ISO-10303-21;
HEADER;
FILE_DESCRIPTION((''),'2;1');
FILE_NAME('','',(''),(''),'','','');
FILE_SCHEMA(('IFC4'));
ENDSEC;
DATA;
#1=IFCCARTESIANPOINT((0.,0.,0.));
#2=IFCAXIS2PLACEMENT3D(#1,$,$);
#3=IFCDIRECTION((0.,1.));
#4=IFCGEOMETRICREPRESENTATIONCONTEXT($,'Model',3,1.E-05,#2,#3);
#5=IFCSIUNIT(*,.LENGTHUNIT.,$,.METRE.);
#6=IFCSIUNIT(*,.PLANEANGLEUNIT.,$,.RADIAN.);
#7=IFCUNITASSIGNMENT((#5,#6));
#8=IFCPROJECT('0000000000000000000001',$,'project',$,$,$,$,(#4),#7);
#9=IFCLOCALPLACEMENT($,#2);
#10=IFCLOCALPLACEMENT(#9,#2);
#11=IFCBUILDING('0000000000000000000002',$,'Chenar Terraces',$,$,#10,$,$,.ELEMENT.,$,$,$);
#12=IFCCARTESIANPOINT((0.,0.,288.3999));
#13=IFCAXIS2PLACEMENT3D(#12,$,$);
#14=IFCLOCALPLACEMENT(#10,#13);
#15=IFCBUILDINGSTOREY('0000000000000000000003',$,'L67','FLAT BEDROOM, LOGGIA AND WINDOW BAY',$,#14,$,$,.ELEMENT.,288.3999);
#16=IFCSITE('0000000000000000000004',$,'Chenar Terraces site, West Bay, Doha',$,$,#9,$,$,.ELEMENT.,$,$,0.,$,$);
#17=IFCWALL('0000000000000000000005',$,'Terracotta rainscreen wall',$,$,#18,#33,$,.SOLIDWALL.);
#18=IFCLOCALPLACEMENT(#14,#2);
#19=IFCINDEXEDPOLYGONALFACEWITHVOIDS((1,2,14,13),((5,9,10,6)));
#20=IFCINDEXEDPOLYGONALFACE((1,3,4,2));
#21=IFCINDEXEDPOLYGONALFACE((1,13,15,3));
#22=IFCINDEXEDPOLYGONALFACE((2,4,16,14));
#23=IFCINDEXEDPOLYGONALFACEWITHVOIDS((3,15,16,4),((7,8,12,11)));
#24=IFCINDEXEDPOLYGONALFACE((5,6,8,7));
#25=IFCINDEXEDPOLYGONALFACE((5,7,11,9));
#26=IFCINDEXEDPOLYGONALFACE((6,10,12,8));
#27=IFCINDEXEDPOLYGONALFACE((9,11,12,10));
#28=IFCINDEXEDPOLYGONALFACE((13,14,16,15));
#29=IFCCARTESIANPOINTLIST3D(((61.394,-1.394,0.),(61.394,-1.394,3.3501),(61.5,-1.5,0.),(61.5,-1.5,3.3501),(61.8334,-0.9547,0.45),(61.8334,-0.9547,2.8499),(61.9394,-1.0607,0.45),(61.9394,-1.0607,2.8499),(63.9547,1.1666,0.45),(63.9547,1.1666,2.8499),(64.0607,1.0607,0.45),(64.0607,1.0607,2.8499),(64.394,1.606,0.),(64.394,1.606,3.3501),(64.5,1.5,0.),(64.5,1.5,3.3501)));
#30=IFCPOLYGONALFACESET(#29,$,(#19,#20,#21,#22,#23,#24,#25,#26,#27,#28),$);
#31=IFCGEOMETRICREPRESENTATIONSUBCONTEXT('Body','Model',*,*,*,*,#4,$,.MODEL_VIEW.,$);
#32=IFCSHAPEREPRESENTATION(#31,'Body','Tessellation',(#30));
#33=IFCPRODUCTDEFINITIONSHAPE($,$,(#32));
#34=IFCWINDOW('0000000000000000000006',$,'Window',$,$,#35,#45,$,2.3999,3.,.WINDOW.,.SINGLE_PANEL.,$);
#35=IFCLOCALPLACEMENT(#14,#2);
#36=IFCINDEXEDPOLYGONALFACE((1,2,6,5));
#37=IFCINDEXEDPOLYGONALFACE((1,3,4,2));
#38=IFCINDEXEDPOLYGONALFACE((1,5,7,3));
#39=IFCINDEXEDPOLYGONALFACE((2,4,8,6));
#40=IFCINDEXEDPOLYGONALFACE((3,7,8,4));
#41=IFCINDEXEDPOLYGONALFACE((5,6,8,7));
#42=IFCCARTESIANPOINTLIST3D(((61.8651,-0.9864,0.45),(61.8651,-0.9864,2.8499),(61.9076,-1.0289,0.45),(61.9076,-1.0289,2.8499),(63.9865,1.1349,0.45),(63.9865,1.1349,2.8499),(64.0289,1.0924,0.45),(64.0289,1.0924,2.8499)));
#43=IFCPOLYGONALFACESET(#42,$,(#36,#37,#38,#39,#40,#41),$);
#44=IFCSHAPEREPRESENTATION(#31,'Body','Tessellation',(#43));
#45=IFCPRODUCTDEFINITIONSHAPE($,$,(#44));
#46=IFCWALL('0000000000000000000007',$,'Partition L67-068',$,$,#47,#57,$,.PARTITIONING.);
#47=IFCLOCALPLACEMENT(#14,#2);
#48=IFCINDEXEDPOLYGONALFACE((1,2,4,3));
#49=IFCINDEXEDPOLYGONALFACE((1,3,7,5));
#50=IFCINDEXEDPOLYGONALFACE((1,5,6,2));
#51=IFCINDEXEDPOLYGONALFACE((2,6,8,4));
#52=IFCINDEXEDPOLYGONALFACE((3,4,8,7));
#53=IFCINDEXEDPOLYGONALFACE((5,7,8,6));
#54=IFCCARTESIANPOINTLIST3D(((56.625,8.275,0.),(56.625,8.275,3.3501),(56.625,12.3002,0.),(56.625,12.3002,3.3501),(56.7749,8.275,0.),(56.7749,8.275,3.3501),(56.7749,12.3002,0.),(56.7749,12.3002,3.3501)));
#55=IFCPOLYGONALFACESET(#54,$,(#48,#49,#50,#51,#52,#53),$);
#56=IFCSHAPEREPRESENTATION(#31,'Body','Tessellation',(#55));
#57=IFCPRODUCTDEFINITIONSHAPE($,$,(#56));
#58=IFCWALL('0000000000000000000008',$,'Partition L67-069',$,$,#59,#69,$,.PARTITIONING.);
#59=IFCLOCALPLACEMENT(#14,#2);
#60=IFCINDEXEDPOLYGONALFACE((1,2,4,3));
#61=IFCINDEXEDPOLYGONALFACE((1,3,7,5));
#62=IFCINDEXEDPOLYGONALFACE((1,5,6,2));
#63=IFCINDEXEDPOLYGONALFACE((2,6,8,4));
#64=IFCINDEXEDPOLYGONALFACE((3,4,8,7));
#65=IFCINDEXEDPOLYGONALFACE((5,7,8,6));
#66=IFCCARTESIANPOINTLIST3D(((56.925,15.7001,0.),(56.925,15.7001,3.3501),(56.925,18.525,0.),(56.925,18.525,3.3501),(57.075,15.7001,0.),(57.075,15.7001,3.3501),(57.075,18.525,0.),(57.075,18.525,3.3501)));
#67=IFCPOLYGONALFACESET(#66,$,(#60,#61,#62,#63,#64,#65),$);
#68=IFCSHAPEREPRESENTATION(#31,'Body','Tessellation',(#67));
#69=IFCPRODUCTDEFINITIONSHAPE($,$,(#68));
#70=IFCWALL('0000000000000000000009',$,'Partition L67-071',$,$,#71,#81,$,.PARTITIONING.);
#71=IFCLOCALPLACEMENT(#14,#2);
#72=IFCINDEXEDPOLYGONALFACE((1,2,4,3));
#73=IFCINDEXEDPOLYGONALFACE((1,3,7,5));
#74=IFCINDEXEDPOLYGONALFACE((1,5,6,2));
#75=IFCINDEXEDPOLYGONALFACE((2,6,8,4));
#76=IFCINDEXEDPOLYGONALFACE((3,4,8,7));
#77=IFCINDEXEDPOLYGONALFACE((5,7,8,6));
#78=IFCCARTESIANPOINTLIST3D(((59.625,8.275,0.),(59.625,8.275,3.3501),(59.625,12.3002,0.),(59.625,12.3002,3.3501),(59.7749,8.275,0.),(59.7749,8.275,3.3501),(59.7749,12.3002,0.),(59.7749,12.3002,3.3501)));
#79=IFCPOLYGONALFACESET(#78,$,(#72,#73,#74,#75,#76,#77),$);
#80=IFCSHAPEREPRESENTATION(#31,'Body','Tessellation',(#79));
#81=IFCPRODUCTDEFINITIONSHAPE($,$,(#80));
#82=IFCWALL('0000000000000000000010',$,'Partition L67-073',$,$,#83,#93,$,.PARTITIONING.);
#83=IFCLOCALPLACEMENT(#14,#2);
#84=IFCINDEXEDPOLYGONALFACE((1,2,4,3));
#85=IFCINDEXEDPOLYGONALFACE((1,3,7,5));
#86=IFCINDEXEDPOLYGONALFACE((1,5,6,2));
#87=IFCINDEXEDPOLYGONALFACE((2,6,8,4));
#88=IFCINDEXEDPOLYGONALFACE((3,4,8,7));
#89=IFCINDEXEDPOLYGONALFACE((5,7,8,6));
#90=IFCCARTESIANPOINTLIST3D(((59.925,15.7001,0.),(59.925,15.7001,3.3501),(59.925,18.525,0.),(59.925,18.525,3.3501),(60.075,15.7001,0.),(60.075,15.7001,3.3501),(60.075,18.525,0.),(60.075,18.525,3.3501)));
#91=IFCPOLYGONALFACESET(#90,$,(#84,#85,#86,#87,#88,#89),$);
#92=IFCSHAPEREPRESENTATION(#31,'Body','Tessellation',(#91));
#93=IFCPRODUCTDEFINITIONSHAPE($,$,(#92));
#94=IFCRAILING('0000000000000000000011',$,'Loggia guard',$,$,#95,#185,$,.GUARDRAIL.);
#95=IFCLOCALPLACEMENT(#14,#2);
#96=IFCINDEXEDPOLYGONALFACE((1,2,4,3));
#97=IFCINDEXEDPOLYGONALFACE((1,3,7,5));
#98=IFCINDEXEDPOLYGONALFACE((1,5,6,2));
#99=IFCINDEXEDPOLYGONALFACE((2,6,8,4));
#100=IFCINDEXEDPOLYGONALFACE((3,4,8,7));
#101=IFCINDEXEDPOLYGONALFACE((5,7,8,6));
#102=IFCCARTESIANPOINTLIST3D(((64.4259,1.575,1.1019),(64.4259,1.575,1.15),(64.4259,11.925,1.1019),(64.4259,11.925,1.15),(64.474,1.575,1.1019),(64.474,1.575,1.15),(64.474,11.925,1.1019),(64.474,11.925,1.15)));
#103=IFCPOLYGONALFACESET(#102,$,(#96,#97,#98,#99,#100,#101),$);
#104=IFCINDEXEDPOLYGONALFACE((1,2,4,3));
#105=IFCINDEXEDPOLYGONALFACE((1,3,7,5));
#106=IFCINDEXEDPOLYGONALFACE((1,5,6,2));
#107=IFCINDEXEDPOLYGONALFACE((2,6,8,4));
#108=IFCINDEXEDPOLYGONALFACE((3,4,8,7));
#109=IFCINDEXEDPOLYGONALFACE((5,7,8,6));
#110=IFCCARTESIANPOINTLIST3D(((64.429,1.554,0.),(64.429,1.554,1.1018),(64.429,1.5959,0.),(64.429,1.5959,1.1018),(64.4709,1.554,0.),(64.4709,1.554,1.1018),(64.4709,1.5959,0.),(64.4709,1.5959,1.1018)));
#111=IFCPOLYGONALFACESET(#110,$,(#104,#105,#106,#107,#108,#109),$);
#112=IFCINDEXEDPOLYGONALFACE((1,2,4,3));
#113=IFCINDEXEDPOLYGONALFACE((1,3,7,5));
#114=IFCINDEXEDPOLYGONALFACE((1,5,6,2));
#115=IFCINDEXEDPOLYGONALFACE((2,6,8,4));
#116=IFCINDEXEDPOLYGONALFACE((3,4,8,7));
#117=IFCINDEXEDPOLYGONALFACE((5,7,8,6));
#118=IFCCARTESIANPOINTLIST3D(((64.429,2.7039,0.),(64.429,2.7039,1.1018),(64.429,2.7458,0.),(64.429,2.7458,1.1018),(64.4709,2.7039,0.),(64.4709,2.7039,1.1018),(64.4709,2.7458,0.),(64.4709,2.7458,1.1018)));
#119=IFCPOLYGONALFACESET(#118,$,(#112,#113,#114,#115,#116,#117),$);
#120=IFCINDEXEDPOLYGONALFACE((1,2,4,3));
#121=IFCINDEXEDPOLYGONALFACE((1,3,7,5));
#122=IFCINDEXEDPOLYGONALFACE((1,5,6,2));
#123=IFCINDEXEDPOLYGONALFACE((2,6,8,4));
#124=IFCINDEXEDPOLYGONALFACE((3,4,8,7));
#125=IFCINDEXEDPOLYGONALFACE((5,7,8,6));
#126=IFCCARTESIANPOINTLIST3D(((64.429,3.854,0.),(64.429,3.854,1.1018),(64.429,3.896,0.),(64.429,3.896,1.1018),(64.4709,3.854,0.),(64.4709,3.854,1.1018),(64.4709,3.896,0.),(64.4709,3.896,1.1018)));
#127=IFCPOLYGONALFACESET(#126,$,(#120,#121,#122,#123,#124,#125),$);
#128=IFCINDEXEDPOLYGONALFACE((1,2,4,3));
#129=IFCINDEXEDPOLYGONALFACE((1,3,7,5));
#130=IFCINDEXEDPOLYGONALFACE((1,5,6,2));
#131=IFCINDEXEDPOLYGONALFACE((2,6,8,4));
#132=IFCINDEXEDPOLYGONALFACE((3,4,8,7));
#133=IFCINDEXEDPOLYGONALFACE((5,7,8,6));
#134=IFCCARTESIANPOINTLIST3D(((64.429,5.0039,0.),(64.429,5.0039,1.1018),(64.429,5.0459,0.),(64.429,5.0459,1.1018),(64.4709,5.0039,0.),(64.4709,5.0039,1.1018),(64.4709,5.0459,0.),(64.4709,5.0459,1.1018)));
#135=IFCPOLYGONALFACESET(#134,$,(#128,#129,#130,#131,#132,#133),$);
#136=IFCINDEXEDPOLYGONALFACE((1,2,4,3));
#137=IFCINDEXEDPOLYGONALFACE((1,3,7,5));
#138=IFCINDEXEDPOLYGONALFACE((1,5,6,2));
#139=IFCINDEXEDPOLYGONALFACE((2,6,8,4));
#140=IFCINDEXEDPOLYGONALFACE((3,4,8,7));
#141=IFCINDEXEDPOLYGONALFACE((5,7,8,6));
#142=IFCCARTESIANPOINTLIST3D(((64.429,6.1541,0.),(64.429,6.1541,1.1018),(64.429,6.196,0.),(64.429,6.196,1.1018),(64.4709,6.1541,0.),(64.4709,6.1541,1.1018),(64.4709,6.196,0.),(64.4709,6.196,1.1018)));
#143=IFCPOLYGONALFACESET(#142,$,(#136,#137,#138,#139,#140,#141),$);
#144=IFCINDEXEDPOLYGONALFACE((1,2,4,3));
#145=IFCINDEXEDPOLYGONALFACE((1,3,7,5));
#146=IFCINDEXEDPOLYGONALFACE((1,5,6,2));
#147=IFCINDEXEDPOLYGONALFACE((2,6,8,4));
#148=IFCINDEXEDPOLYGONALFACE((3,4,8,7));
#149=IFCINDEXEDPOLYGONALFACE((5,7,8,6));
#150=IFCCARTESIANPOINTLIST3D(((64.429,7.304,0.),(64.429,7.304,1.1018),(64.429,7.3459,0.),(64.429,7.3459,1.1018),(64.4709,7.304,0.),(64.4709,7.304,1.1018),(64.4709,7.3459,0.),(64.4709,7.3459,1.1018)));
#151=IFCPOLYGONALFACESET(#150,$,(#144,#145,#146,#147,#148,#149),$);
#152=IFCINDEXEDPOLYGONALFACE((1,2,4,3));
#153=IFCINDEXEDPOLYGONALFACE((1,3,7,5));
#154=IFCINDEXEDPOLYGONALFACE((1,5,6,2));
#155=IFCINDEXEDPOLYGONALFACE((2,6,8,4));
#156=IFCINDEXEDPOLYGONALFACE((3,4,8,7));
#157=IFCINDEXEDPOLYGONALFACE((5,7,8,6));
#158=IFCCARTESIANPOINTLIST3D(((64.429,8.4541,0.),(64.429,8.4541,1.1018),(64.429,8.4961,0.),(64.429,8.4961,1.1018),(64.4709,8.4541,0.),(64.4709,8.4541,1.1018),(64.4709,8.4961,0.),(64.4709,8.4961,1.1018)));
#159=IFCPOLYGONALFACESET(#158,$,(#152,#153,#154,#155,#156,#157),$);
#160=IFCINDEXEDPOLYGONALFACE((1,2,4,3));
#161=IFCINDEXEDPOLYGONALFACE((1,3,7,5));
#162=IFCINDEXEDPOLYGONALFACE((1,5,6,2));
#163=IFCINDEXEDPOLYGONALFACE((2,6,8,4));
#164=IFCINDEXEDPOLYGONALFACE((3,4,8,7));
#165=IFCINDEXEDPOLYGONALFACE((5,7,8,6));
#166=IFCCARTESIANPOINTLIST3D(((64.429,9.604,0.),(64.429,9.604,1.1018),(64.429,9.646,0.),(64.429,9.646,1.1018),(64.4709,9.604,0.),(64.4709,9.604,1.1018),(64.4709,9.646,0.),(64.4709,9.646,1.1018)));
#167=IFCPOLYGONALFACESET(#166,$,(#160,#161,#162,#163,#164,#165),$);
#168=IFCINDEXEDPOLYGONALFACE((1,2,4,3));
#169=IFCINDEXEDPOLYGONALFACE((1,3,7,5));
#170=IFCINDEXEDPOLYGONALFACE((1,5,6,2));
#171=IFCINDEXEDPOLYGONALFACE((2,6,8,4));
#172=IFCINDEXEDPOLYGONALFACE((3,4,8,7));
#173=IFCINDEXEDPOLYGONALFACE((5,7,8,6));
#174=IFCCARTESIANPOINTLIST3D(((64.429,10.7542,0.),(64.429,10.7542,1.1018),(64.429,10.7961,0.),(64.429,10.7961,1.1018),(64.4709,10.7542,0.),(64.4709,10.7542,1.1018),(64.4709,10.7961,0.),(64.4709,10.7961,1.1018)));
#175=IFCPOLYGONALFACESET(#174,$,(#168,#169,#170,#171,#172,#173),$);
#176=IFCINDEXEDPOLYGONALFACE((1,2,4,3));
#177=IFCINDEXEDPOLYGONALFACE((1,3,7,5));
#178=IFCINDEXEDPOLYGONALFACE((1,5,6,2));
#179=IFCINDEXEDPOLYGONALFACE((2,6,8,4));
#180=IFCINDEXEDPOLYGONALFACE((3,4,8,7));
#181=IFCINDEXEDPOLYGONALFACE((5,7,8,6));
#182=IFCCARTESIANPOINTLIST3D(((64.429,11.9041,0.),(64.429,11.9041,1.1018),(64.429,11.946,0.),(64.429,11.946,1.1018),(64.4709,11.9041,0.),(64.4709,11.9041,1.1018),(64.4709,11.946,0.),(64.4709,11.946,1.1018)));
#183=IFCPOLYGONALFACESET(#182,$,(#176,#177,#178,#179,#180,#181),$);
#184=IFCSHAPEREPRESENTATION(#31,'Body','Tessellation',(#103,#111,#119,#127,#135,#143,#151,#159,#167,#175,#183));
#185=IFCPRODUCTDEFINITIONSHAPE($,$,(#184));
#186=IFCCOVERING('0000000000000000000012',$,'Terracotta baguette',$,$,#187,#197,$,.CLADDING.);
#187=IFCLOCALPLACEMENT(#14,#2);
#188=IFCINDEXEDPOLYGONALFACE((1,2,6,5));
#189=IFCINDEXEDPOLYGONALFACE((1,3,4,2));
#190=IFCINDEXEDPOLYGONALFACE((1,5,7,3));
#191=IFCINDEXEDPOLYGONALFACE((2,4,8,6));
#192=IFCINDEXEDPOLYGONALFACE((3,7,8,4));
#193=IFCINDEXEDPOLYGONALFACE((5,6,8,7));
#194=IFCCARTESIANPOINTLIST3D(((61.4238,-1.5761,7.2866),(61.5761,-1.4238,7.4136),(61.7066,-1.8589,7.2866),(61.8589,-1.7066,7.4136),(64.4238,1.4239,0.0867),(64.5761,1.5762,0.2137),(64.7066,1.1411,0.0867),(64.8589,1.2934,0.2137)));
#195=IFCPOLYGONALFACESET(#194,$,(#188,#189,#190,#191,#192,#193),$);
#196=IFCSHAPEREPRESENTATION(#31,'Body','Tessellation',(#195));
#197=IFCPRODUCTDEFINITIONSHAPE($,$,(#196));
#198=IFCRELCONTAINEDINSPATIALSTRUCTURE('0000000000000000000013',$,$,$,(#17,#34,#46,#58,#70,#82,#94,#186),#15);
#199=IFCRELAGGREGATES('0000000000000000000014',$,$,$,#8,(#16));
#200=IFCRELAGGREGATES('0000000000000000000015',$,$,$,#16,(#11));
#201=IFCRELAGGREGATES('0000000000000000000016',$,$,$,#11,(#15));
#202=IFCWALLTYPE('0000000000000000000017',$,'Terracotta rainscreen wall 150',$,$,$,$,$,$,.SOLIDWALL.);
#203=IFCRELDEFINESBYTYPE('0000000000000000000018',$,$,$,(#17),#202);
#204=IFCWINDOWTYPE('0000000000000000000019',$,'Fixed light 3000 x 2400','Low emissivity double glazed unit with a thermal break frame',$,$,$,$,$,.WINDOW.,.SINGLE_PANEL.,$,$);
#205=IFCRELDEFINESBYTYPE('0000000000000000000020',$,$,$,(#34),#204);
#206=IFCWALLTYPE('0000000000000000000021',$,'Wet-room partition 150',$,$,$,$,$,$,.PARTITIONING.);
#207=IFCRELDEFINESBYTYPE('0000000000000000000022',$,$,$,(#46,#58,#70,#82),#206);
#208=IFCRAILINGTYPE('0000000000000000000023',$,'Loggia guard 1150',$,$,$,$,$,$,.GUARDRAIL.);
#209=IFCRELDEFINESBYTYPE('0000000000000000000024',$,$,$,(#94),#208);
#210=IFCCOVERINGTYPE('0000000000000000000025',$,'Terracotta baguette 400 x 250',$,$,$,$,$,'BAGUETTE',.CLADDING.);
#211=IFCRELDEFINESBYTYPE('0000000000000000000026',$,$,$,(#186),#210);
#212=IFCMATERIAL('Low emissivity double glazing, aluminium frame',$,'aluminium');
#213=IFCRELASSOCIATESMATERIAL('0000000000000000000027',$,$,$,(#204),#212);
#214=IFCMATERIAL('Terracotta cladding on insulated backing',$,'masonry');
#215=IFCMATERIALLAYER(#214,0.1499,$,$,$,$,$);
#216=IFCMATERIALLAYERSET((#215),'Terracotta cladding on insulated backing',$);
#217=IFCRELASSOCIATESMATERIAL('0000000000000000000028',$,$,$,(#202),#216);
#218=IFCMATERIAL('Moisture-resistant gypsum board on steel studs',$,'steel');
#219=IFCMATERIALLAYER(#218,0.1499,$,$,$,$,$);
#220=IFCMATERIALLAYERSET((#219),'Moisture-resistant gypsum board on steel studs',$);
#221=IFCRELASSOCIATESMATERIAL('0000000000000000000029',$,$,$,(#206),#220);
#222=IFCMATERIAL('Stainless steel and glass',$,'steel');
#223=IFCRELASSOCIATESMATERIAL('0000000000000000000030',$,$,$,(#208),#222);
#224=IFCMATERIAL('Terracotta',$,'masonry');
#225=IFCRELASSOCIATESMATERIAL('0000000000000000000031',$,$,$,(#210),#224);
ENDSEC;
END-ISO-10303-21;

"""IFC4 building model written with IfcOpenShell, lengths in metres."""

from ifc_helpers import new_model, si_unit, direction, frame, frame_2d, origin, origin_2d, place, context, subcontext, project, spatial, rectangle, extrude, material, layer, layer_set, material_profile, profile_set, type_object, element, fill, save


model = new_model("IFC4")

# Units and contexts
model_context = context("Model", 3, precision=1e-05, world=origin(), true_north=direction((0.0, 1.0)))
body_context = subcontext(model_context, "Body", "Model", "MODEL_VIEW")
ifc_project = project(units=[si_unit("LENGTHUNIT", "METRE"), si_unit("PLANEANGLEUNIT", "RADIAN")], contexts=[model_context])

# Site, building, storey
site_placement = place(None, origin())
site = spatial("IfcSite", under=ifc_project, at=site_placement, Name="Chenar Terraces site, West Bay, Doha", CompositionType="ELEMENT", RefElevation=0.0)
building_placement = place(site_placement, origin())
building = spatial("IfcBuilding", under=site, at=building_placement, Name="Chenar Terraces", CompositionType="ELEMENT")
storey_placement = place(building_placement, frame((0.0, 0.0, 288.3999)))
storey = spatial("IfcBuildingStorey", under=building, at=storey_placement, Name="L67", Description="FLAT BEDROOM, LOGGIA AND WINDOW BAY", CompositionType="ELEMENT", Elevation=288.3999)

# Shared definitions
ifc_material_1 = material(Name="Low emissivity double glazing, aluminium frame", Category="aluminium")
window_type_1 = type_object("IfcWindowType", Name="Fixed light 3000 x 2400", Description="Low emissivity double glazed unit with a thermal break frame", PartitioningType="SINGLE_PANEL", PredefinedType="WINDOW", material=ifc_material_1)

# Wall, opening, window
ifc_material_2 = material(Name="Terracotta cladding on insulated backing", Category="masonry")
ifc_layer_1 = layer(ifc_material_2, 0.1499)
ifc_layer_set_1 = layer_set([ifc_layer_1], Name="Terracotta cladding on insulated backing")
wall_type_1 = type_object("IfcWallType", Name="Terracotta rainscreen wall 150", PredefinedType="SOLIDWALL", material=ifc_layer_set_1)
wall_1_placement = place(storey_placement, frame((61.447, -1.447, 0.0), z_axis=(0.0, 0.0, 1.0), x_axis=(0.707107, 0.707107, 0.0)))
wall_1 = element("IfcWall", 1, at=wall_1_placement, inside=storey, type_object=wall_type_1, Name="Terracotta rainscreen wall", PredefinedType="SOLIDWALL", context=body_context, shape_type="SweptSolid", body=[
    extrude(rectangle(XDim=4.2427, YDim=0.1499, at=frame_2d((2.1213, 0.0))), origin(), (0.0, 0.0, 1.0), 3.3501),
])
opening_1_placement = place(wall_1_placement, frame((0.6213, 0.0, 0.45)))
opening_1 = element("IfcOpeningElement", 2, at=opening_1_placement, cuts=wall_1, PredefinedType="OPENING", context=body_context, shape_type="SweptSolid", body=[
    extrude(rectangle(XDim=3.0, YDim=2.3999, at=frame_2d((1.5, 1.2))), frame((0.0, 0.085, 0.0), z_axis=(0.0, -1.0, 0.0), x_axis=(1.0, 0.0, 0.0)), (0.0, 0.0, 1.0), 0.1699),
])
window_1_placement = place(opening_1_placement, origin())
window_1 = element("IfcWindow", 3, at=window_1_placement, inside=storey, type_object=window_type_1, Name="Window", OverallHeight=2.3999, OverallWidth=3.0, PartitioningType="SINGLE_PANEL", PredefinedType="WINDOW", context=body_context, shape_type="SweptSolid", body=[
    extrude(rectangle(XDim=3.0, YDim=2.3999, at=frame_2d((1.5, 1.2))), frame((0.0, 0.03, 0.0), z_axis=(0.0, -1.0, 0.0), x_axis=(1.0, 0.0, 0.0)), (0.0, 0.0, 1.0), 0.0601),
])
fill(opening_1, window_1)

# Walls
ifc_material_3 = material(Name="Moisture-resistant gypsum board on steel studs", Category="steel")
ifc_layer_2 = layer(ifc_material_3, 0.1499)
ifc_layer_set_2 = layer_set([ifc_layer_2], Name="Moisture-resistant gypsum board on steel studs")
wall_type_2 = type_object("IfcWallType", Name="Wet-room partition 150", PredefinedType="PARTITIONING", material=ifc_layer_set_2)
wall_2_placement = place(storey_placement, frame((56.7, 8.2749, 0.0), z_axis=(0.0, 0.0, 1.0), x_axis=(0.0, 1.0, 0.0)))
element("IfcWall", 4, at=wall_2_placement, inside=storey, type_object=wall_type_2, Name="Partition L67-068", PredefinedType="PARTITIONING", context=body_context, shape_type="SweptSolid", body=[
    extrude(rectangle(XDim=4.0251, YDim=0.1499, at=frame_2d((2.0127, 0.0))), origin(), (0.0, 0.0, 1.0), 3.3501),
])
wall_3_placement = place(storey_placement, frame((57.0, 15.7, 0.0), z_axis=(0.0, 0.0, 1.0), x_axis=(0.0, 1.0, 0.0)))
element("IfcWall", 5, at=wall_3_placement, inside=storey, type_object=wall_type_2, Name="Partition L67-069", PredefinedType="PARTITIONING", context=body_context, shape_type="SweptSolid", body=[
    extrude(rectangle(XDim=2.825, YDim=0.1499, at=frame_2d((1.4126, 0.0))), origin(), (0.0, 0.0, 1.0), 3.3501),
])
wall_4_placement = place(storey_placement, frame((59.7, 8.2749, 0.0), z_axis=(0.0, 0.0, 1.0), x_axis=(0.0, 1.0, 0.0)))
element("IfcWall", 6, at=wall_4_placement, inside=storey, type_object=wall_type_2, Name="Partition L67-071", PredefinedType="PARTITIONING", context=body_context, shape_type="SweptSolid", body=[
    extrude(rectangle(XDim=4.0251, YDim=0.1499, at=frame_2d((2.0127, 0.0))), origin(), (0.0, 0.0, 1.0), 3.3501),
])
wall_5_placement = place(storey_placement, frame((60.0, 15.7, 0.0), z_axis=(0.0, 0.0, 1.0), x_axis=(0.0, 1.0, 0.0)))
element("IfcWall", 7, at=wall_5_placement, inside=storey, type_object=wall_type_2, Name="Partition L67-073", PredefinedType="PARTITIONING", context=body_context, shape_type="SweptSolid", body=[
    extrude(rectangle(XDim=2.825, YDim=0.1499, at=frame_2d((1.4126, 0.0))), origin(), (0.0, 0.0, 1.0), 3.3501),
])

# Railing
ifc_material_4 = material(Name="Stainless steel and glass", Category="steel")
railing_type = type_object("IfcRailingType", Name="Loggia guard 1150", PredefinedType="GUARDRAIL", material=ifc_material_4)
railing_placement = place(storey_placement, frame((64.45, 1.575, 0.0)))
element("IfcRailing", 8, at=railing_placement, inside=storey, type_object=railing_type, Name="Loggia guard", PredefinedType="GUARDRAIL", context=body_context, shape_type="SweptSolid", body=[
    extrude(rectangle(XDim=0.0481, YDim=0.0481, at=origin_2d()), frame((0.0, 0.0, 1.126), z_axis=(0.0, 1.0, 0.0), x_axis=(-1.0, 0.0, 0.0)), (0.0, 0.0, 1.0), 10.3501),
    extrude(rectangle(XDim=0.042, YDim=0.042, at=origin_2d()), origin(), (0.0, 0.0, 1.0), 1.1018),
    extrude(rectangle(XDim=0.042, YDim=0.042, at=origin_2d()), frame((0.0, 1.1499, 0.0)), (0.0, 0.0, 1.0), 1.1018),
    extrude(rectangle(XDim=0.042, YDim=0.042, at=origin_2d()), frame((0.0, 2.3, 0.0)), (0.0, 0.0, 1.0), 1.1018),
    extrude(rectangle(XDim=0.042, YDim=0.042, at=origin_2d()), frame((0.0, 3.45, 0.0)), (0.0, 0.0, 1.0), 1.1018),
    extrude(rectangle(XDim=0.042, YDim=0.042, at=origin_2d()), frame((0.0, 4.6001, 0.0)), (0.0, 0.0, 1.0), 1.1018),
    extrude(rectangle(XDim=0.042, YDim=0.042, at=origin_2d()), frame((0.0, 5.75, 0.0)), (0.0, 0.0, 1.0), 1.1018),
    extrude(rectangle(XDim=0.042, YDim=0.042, at=origin_2d()), frame((0.0, 6.9001, 0.0)), (0.0, 0.0, 1.0), 1.1018),
    extrude(rectangle(XDim=0.042, YDim=0.042, at=origin_2d()), frame((0.0, 8.05, 0.0)), (0.0, 0.0, 1.0), 1.1018),
    extrude(rectangle(XDim=0.042, YDim=0.042, at=origin_2d()), frame((0.0, 9.2002, 0.0)), (0.0, 0.0, 1.0), 1.1018),
    extrude(rectangle(XDim=0.042, YDim=0.042, at=origin_2d()), frame((0.0, 10.3501, 0.0)), (0.0, 0.0, 1.0), 1.1018),
])

# Covering
ifc_material_5 = material(Name="Terracotta", Category="masonry")
ifc_material_profile_1 = material_profile(ifc_material_5, rectangle(XDim=0.3999, YDim=0.25, at=origin_2d()), Name="Terracotta baguette 400 x 250")
ifc_profile_set_1 = profile_set([ifc_material_profile_1], Name="Terracotta")
covering_type = type_object("IfcCoveringType", Name="Terracotta baguette 400 x 250", ElementType="BAGUETTE", PredefinedType="CLADDING", material=ifc_profile_set_1)
covering_placement = place(storey_placement, frame((61.6414, -1.6414, 7.3501), z_axis=(0.358981, 0.358981, -0.861548), x_axis=(-0.707107, 0.707107, 0.0)))
element("IfcCovering", 9, at=covering_placement, inside=storey, type_object=covering_type, Name="Terracotta baguette", PredefinedType="CLADDING", context=body_context, shape_type="SweptSolid", body=[
    extrude(rectangle(XDim=0.3999, YDim=0.25, at=origin_2d()), origin(), (0.0, 0.0, 1.0), 8.3569),
])

save(model, "model.ifc")
